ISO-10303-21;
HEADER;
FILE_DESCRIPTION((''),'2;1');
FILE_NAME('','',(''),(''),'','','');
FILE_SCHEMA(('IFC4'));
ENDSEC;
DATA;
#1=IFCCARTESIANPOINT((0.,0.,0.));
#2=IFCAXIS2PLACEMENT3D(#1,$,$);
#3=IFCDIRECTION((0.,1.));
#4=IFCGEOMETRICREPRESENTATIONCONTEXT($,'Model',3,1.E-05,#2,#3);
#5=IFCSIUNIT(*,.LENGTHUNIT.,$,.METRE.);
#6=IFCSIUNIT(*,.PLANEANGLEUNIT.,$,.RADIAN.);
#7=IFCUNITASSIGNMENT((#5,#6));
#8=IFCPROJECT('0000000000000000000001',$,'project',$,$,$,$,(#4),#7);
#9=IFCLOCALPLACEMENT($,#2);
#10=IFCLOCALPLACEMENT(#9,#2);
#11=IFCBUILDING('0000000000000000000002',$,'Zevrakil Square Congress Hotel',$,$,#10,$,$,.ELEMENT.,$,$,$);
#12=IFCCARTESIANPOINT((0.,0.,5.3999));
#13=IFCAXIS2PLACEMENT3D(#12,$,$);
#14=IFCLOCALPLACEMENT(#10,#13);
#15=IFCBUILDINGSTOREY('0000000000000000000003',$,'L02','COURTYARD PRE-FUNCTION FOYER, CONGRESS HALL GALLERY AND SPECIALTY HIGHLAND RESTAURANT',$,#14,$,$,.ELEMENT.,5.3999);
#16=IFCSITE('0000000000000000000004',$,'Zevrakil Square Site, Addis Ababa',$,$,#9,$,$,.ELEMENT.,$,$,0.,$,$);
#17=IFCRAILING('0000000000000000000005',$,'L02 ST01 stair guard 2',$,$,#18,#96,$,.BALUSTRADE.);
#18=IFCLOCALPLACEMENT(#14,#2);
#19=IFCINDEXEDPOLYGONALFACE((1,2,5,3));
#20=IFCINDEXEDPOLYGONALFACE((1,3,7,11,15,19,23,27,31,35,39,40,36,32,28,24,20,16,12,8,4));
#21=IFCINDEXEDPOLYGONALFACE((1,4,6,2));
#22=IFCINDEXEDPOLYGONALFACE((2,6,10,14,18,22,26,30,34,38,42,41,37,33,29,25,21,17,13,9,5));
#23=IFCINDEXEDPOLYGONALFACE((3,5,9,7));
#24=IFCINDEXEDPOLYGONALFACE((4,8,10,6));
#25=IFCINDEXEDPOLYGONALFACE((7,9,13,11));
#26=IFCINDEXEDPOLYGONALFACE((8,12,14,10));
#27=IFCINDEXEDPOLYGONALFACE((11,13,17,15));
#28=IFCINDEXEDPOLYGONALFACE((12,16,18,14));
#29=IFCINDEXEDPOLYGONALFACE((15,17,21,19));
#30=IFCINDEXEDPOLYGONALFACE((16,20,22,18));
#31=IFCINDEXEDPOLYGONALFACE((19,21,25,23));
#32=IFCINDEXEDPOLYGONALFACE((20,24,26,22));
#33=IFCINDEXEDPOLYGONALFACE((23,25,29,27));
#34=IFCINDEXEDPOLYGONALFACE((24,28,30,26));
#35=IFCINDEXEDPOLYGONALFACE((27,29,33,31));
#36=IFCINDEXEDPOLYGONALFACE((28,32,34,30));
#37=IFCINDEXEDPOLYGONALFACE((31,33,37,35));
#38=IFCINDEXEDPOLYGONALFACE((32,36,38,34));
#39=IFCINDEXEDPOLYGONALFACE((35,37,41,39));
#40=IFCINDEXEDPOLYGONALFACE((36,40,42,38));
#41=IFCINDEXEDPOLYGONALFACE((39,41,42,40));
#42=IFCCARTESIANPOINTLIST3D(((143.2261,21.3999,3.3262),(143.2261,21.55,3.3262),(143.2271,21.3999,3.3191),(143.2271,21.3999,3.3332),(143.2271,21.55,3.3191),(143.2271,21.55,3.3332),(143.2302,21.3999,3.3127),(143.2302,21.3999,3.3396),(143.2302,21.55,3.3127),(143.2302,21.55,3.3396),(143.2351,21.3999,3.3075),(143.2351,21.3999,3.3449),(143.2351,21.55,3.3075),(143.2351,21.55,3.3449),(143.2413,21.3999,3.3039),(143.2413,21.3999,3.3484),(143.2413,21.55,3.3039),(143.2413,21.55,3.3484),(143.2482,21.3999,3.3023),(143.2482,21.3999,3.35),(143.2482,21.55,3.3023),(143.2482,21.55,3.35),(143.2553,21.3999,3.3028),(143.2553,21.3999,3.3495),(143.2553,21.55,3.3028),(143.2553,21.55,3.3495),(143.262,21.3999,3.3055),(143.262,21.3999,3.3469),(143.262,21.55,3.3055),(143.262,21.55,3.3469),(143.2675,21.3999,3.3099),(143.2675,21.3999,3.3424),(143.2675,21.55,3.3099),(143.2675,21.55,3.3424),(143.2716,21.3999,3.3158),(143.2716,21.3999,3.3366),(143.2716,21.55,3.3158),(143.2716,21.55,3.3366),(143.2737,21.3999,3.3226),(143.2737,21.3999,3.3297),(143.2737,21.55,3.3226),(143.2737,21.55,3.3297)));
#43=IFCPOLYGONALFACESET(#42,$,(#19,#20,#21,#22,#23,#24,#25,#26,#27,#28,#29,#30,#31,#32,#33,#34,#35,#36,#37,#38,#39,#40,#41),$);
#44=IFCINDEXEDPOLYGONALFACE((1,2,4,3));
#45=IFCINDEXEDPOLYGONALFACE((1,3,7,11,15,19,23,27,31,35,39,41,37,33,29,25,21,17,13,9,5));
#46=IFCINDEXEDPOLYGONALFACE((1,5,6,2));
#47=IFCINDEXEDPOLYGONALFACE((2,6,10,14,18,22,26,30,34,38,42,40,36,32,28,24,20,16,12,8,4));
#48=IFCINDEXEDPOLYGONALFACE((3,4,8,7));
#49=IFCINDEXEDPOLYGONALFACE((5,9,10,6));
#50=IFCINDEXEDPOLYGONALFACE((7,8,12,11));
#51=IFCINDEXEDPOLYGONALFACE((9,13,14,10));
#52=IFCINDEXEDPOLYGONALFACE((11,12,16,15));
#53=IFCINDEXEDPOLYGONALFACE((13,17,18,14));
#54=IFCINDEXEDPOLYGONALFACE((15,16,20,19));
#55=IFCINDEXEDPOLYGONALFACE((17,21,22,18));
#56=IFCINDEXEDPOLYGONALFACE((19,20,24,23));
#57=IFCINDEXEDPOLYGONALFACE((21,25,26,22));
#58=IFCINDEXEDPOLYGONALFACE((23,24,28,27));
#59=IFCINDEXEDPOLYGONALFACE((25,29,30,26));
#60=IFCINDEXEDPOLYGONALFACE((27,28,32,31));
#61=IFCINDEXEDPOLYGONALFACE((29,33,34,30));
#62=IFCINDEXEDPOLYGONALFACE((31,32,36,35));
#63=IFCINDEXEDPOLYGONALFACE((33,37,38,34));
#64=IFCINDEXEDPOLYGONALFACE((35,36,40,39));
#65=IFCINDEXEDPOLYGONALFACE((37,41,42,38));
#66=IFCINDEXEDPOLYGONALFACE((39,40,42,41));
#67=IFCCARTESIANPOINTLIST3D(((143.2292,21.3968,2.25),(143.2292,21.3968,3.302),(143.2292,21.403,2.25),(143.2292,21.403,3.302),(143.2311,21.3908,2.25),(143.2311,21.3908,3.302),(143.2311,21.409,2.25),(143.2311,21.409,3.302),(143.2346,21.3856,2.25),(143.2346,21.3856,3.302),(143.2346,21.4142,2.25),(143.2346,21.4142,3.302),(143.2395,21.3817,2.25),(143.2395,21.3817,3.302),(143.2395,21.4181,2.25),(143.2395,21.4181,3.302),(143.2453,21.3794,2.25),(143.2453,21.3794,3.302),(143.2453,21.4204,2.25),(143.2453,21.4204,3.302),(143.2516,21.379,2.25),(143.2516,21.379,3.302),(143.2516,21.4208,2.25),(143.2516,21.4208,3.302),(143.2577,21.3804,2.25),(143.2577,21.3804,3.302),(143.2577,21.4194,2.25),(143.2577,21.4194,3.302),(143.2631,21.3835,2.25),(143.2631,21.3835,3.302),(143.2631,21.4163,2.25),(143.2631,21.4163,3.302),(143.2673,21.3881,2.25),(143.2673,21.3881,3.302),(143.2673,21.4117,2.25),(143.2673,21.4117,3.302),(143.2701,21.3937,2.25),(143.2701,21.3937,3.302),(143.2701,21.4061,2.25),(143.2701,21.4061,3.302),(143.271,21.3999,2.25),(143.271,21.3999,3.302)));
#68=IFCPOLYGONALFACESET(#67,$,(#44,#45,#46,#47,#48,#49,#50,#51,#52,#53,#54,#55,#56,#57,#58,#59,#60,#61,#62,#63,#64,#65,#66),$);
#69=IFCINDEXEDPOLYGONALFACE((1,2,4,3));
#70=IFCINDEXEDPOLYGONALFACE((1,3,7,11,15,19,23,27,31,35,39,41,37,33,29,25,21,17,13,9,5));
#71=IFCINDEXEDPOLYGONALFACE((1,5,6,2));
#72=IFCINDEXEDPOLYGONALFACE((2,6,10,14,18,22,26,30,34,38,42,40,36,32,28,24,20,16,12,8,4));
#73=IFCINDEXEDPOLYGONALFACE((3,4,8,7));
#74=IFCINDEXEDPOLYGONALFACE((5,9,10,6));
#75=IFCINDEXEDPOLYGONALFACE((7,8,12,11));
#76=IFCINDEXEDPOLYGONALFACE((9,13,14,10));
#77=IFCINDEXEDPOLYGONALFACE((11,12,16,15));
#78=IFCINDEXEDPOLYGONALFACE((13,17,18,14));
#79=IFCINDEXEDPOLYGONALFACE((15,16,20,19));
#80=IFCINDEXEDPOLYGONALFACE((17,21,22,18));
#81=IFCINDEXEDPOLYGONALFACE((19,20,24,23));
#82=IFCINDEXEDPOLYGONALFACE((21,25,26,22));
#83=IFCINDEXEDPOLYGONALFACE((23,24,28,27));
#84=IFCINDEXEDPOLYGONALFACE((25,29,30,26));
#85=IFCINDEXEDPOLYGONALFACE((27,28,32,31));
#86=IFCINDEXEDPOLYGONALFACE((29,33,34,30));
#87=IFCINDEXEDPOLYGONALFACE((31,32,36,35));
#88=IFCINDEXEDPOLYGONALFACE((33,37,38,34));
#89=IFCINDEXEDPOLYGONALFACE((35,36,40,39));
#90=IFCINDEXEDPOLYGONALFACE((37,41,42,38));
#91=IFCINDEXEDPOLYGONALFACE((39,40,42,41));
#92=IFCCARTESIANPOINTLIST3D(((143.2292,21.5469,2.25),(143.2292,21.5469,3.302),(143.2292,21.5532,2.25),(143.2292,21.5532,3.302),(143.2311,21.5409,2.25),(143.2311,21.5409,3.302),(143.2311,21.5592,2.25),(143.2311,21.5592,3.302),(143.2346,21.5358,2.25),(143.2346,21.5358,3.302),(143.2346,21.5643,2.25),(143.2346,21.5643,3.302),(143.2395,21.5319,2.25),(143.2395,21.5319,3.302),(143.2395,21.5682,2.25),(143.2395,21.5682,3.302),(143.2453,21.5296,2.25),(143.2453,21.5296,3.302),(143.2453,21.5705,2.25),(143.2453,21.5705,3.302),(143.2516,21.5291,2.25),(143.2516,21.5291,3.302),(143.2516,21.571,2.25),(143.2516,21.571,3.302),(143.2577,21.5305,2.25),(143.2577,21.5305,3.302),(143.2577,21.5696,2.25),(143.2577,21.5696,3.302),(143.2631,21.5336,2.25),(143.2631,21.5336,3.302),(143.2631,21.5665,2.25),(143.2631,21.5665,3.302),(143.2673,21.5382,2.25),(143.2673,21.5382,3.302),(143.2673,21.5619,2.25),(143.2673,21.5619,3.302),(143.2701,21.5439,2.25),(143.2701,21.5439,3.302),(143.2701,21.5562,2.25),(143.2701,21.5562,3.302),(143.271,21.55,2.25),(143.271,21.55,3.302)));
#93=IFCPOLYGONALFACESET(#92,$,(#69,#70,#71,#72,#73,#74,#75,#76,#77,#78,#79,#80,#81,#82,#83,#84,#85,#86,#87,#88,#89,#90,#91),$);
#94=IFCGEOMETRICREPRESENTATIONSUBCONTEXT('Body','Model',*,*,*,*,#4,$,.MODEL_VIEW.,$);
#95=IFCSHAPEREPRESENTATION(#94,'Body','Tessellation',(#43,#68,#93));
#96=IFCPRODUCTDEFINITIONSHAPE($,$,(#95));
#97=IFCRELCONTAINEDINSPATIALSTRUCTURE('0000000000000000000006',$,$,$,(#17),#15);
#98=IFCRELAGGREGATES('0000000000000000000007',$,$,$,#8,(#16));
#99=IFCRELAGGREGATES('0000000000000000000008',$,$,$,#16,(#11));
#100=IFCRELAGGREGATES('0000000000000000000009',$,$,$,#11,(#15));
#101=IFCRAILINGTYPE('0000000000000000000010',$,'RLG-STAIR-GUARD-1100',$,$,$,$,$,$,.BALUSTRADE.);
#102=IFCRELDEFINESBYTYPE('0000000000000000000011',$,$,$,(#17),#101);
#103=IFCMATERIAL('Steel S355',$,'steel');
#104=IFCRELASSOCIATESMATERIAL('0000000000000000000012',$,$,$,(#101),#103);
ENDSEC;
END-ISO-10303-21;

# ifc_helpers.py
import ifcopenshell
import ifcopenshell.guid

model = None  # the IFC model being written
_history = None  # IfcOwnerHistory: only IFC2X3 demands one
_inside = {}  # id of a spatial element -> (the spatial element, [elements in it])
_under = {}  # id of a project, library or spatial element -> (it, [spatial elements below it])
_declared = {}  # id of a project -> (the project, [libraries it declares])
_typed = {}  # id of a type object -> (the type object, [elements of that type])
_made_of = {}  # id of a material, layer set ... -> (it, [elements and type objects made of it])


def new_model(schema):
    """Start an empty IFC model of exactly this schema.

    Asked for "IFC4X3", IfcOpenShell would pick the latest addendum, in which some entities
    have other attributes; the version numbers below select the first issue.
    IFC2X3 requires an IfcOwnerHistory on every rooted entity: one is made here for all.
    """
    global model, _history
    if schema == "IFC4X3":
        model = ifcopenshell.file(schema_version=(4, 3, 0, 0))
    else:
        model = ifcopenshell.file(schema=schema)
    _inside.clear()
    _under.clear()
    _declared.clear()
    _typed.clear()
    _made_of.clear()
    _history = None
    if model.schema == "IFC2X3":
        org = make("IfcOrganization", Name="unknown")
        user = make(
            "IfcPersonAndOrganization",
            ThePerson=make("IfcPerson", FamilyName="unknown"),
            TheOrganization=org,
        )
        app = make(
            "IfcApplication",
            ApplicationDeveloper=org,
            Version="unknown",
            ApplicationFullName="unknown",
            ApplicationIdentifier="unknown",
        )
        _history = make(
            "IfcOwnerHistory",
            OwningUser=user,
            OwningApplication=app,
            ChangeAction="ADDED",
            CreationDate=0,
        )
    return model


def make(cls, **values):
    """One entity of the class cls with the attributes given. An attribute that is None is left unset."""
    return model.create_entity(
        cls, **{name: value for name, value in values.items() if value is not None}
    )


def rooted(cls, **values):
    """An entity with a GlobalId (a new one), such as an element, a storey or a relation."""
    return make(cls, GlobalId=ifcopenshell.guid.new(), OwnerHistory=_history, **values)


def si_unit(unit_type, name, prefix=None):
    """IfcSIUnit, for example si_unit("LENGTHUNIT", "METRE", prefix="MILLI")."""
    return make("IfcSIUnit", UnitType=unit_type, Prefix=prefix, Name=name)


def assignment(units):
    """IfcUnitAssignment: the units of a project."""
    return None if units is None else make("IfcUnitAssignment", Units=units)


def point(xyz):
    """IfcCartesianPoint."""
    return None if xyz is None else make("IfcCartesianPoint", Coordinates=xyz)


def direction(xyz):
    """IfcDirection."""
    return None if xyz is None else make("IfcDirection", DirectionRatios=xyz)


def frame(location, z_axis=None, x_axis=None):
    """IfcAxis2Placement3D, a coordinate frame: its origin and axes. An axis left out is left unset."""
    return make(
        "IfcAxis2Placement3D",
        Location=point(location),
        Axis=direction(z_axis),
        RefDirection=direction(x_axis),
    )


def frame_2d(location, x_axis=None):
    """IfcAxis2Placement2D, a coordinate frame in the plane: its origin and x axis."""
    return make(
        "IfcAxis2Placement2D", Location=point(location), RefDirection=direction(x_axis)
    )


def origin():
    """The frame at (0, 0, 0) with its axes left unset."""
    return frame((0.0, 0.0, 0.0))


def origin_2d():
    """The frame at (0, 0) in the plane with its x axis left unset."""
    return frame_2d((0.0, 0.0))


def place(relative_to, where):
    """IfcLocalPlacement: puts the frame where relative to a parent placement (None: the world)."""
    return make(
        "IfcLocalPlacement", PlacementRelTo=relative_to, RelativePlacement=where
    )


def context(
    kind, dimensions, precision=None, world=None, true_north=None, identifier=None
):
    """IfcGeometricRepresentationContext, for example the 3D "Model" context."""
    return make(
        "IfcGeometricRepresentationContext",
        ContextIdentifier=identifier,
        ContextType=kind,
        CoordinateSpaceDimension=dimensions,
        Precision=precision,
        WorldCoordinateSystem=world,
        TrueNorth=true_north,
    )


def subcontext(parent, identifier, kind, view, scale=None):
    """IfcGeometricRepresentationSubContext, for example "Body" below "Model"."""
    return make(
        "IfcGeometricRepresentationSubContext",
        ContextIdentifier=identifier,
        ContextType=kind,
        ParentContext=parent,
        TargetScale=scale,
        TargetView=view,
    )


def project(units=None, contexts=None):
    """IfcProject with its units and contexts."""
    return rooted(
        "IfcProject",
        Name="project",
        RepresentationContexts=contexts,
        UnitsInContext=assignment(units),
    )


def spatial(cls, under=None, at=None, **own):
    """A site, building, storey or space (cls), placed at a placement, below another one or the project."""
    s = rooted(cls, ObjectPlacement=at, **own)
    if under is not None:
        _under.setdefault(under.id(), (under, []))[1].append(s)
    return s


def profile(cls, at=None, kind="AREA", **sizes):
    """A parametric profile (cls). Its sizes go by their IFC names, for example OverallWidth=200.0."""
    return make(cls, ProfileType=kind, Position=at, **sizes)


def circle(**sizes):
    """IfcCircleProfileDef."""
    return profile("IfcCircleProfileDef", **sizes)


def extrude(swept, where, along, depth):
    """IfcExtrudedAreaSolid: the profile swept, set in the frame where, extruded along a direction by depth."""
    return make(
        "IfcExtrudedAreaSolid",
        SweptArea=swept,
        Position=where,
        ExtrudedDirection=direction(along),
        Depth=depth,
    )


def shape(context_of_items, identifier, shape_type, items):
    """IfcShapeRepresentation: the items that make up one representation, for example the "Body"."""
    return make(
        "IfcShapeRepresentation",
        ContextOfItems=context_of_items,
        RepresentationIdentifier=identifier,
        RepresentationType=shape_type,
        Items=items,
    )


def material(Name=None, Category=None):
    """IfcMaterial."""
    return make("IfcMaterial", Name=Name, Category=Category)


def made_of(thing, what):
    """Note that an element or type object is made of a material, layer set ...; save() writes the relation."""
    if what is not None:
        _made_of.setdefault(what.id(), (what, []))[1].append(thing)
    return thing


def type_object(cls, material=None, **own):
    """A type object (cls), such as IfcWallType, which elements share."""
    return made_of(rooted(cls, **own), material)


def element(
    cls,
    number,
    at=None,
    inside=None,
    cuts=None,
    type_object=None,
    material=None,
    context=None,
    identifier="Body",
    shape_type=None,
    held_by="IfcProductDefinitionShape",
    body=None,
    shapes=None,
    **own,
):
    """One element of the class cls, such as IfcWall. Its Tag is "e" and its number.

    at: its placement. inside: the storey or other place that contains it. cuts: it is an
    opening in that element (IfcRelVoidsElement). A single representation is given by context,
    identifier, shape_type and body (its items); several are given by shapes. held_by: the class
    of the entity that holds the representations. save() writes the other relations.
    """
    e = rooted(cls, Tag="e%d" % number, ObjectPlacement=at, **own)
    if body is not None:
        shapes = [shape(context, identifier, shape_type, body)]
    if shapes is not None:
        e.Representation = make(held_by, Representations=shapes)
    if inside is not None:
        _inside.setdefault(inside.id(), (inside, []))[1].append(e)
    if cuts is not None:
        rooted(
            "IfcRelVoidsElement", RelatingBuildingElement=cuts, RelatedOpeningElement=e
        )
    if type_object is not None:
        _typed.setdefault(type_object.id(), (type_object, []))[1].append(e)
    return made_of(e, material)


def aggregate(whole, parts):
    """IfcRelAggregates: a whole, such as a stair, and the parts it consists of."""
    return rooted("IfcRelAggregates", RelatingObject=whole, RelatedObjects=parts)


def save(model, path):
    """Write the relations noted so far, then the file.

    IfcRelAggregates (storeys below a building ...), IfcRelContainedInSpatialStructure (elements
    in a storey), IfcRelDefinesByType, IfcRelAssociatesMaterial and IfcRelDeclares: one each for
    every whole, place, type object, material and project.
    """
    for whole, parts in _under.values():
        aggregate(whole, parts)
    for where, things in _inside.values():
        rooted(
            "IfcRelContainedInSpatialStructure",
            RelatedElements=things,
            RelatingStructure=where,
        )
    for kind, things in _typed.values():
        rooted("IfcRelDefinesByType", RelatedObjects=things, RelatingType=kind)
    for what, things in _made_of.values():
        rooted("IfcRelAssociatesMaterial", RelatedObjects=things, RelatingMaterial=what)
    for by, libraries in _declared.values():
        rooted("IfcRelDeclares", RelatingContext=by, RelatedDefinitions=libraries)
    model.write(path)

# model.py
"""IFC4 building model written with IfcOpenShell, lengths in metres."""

from ifc_helpers import new_model, si_unit, direction, frame, origin, origin_2d, place, context, subcontext, project, spatial, circle, extrude, material, type_object, element, save


model = new_model("IFC4")

# Units and contexts
model_context = context("Model", 3, precision=1e-05, world=origin(), true_north=direction((0.0, 1.0)))
body_context = subcontext(model_context, "Body", "Model", "MODEL_VIEW")
ifc_project = project(units=[si_unit("LENGTHUNIT", "METRE"), si_unit("PLANEANGLEUNIT", "RADIAN")], contexts=[model_context])

# Site, building, storey
site_placement = place(None, origin())
site = spatial("IfcSite", under=ifc_project, at=site_placement, Name="Zevrakil Square Site, Addis Ababa", CompositionType="ELEMENT", RefElevation=0.0)
building_placement = place(site_placement, origin())
building = spatial("IfcBuilding", under=site, at=building_placement, Name="Zevrakil Square Congress Hotel", CompositionType="ELEMENT")
storey_placement = place(building_placement, frame((0.0, 0.0, 5.3999)))
storey = spatial("IfcBuildingStorey", under=building, at=storey_placement, Name="L02", Description="COURTYARD PRE-FUNCTION FOYER, CONGRESS HALL GALLERY AND SPECIALTY HIGHLAND RESTAURANT", CompositionType="ELEMENT", Elevation=5.3999)

# Railing
ifc_material_1 = material(Name="Steel S355", Category="steel")
railing_type_1 = type_object("IfcRailingType", Name="RLG-STAIR-GUARD-1100", PredefinedType="BALUSTRADE", material=ifc_material_1)
railing_1_placement = place(storey_placement, frame((143.25, 21.3999, 2.25)))
element("IfcRailing", 1, at=railing_1_placement, inside=storey, type_object=railing_type_1, Name="L02 ST01 stair guard 2", PredefinedType="BALUSTRADE", context=body_context, shape_type="SweptSolid", body=[
    extrude(circle(Radius=0.0239, at=origin_2d()), frame((0.0, 0.0, 1.0762), z_axis=(0.0, 1.0, 0.0), x_axis=(-1.0, 0.0, 0.0)), (0.0, 0.0, 1.0), 0.1501),
    extrude(circle(Radius=0.021, at=origin_2d()), origin(), (0.0, 0.0, 1.0), 1.052),
    extrude(circle(Radius=0.021, at=origin_2d()), frame((0.0, 0.1501, 0.0)), (0.0, 0.0, 1.0), 1.052),
])

save(model, "model.ifc")
